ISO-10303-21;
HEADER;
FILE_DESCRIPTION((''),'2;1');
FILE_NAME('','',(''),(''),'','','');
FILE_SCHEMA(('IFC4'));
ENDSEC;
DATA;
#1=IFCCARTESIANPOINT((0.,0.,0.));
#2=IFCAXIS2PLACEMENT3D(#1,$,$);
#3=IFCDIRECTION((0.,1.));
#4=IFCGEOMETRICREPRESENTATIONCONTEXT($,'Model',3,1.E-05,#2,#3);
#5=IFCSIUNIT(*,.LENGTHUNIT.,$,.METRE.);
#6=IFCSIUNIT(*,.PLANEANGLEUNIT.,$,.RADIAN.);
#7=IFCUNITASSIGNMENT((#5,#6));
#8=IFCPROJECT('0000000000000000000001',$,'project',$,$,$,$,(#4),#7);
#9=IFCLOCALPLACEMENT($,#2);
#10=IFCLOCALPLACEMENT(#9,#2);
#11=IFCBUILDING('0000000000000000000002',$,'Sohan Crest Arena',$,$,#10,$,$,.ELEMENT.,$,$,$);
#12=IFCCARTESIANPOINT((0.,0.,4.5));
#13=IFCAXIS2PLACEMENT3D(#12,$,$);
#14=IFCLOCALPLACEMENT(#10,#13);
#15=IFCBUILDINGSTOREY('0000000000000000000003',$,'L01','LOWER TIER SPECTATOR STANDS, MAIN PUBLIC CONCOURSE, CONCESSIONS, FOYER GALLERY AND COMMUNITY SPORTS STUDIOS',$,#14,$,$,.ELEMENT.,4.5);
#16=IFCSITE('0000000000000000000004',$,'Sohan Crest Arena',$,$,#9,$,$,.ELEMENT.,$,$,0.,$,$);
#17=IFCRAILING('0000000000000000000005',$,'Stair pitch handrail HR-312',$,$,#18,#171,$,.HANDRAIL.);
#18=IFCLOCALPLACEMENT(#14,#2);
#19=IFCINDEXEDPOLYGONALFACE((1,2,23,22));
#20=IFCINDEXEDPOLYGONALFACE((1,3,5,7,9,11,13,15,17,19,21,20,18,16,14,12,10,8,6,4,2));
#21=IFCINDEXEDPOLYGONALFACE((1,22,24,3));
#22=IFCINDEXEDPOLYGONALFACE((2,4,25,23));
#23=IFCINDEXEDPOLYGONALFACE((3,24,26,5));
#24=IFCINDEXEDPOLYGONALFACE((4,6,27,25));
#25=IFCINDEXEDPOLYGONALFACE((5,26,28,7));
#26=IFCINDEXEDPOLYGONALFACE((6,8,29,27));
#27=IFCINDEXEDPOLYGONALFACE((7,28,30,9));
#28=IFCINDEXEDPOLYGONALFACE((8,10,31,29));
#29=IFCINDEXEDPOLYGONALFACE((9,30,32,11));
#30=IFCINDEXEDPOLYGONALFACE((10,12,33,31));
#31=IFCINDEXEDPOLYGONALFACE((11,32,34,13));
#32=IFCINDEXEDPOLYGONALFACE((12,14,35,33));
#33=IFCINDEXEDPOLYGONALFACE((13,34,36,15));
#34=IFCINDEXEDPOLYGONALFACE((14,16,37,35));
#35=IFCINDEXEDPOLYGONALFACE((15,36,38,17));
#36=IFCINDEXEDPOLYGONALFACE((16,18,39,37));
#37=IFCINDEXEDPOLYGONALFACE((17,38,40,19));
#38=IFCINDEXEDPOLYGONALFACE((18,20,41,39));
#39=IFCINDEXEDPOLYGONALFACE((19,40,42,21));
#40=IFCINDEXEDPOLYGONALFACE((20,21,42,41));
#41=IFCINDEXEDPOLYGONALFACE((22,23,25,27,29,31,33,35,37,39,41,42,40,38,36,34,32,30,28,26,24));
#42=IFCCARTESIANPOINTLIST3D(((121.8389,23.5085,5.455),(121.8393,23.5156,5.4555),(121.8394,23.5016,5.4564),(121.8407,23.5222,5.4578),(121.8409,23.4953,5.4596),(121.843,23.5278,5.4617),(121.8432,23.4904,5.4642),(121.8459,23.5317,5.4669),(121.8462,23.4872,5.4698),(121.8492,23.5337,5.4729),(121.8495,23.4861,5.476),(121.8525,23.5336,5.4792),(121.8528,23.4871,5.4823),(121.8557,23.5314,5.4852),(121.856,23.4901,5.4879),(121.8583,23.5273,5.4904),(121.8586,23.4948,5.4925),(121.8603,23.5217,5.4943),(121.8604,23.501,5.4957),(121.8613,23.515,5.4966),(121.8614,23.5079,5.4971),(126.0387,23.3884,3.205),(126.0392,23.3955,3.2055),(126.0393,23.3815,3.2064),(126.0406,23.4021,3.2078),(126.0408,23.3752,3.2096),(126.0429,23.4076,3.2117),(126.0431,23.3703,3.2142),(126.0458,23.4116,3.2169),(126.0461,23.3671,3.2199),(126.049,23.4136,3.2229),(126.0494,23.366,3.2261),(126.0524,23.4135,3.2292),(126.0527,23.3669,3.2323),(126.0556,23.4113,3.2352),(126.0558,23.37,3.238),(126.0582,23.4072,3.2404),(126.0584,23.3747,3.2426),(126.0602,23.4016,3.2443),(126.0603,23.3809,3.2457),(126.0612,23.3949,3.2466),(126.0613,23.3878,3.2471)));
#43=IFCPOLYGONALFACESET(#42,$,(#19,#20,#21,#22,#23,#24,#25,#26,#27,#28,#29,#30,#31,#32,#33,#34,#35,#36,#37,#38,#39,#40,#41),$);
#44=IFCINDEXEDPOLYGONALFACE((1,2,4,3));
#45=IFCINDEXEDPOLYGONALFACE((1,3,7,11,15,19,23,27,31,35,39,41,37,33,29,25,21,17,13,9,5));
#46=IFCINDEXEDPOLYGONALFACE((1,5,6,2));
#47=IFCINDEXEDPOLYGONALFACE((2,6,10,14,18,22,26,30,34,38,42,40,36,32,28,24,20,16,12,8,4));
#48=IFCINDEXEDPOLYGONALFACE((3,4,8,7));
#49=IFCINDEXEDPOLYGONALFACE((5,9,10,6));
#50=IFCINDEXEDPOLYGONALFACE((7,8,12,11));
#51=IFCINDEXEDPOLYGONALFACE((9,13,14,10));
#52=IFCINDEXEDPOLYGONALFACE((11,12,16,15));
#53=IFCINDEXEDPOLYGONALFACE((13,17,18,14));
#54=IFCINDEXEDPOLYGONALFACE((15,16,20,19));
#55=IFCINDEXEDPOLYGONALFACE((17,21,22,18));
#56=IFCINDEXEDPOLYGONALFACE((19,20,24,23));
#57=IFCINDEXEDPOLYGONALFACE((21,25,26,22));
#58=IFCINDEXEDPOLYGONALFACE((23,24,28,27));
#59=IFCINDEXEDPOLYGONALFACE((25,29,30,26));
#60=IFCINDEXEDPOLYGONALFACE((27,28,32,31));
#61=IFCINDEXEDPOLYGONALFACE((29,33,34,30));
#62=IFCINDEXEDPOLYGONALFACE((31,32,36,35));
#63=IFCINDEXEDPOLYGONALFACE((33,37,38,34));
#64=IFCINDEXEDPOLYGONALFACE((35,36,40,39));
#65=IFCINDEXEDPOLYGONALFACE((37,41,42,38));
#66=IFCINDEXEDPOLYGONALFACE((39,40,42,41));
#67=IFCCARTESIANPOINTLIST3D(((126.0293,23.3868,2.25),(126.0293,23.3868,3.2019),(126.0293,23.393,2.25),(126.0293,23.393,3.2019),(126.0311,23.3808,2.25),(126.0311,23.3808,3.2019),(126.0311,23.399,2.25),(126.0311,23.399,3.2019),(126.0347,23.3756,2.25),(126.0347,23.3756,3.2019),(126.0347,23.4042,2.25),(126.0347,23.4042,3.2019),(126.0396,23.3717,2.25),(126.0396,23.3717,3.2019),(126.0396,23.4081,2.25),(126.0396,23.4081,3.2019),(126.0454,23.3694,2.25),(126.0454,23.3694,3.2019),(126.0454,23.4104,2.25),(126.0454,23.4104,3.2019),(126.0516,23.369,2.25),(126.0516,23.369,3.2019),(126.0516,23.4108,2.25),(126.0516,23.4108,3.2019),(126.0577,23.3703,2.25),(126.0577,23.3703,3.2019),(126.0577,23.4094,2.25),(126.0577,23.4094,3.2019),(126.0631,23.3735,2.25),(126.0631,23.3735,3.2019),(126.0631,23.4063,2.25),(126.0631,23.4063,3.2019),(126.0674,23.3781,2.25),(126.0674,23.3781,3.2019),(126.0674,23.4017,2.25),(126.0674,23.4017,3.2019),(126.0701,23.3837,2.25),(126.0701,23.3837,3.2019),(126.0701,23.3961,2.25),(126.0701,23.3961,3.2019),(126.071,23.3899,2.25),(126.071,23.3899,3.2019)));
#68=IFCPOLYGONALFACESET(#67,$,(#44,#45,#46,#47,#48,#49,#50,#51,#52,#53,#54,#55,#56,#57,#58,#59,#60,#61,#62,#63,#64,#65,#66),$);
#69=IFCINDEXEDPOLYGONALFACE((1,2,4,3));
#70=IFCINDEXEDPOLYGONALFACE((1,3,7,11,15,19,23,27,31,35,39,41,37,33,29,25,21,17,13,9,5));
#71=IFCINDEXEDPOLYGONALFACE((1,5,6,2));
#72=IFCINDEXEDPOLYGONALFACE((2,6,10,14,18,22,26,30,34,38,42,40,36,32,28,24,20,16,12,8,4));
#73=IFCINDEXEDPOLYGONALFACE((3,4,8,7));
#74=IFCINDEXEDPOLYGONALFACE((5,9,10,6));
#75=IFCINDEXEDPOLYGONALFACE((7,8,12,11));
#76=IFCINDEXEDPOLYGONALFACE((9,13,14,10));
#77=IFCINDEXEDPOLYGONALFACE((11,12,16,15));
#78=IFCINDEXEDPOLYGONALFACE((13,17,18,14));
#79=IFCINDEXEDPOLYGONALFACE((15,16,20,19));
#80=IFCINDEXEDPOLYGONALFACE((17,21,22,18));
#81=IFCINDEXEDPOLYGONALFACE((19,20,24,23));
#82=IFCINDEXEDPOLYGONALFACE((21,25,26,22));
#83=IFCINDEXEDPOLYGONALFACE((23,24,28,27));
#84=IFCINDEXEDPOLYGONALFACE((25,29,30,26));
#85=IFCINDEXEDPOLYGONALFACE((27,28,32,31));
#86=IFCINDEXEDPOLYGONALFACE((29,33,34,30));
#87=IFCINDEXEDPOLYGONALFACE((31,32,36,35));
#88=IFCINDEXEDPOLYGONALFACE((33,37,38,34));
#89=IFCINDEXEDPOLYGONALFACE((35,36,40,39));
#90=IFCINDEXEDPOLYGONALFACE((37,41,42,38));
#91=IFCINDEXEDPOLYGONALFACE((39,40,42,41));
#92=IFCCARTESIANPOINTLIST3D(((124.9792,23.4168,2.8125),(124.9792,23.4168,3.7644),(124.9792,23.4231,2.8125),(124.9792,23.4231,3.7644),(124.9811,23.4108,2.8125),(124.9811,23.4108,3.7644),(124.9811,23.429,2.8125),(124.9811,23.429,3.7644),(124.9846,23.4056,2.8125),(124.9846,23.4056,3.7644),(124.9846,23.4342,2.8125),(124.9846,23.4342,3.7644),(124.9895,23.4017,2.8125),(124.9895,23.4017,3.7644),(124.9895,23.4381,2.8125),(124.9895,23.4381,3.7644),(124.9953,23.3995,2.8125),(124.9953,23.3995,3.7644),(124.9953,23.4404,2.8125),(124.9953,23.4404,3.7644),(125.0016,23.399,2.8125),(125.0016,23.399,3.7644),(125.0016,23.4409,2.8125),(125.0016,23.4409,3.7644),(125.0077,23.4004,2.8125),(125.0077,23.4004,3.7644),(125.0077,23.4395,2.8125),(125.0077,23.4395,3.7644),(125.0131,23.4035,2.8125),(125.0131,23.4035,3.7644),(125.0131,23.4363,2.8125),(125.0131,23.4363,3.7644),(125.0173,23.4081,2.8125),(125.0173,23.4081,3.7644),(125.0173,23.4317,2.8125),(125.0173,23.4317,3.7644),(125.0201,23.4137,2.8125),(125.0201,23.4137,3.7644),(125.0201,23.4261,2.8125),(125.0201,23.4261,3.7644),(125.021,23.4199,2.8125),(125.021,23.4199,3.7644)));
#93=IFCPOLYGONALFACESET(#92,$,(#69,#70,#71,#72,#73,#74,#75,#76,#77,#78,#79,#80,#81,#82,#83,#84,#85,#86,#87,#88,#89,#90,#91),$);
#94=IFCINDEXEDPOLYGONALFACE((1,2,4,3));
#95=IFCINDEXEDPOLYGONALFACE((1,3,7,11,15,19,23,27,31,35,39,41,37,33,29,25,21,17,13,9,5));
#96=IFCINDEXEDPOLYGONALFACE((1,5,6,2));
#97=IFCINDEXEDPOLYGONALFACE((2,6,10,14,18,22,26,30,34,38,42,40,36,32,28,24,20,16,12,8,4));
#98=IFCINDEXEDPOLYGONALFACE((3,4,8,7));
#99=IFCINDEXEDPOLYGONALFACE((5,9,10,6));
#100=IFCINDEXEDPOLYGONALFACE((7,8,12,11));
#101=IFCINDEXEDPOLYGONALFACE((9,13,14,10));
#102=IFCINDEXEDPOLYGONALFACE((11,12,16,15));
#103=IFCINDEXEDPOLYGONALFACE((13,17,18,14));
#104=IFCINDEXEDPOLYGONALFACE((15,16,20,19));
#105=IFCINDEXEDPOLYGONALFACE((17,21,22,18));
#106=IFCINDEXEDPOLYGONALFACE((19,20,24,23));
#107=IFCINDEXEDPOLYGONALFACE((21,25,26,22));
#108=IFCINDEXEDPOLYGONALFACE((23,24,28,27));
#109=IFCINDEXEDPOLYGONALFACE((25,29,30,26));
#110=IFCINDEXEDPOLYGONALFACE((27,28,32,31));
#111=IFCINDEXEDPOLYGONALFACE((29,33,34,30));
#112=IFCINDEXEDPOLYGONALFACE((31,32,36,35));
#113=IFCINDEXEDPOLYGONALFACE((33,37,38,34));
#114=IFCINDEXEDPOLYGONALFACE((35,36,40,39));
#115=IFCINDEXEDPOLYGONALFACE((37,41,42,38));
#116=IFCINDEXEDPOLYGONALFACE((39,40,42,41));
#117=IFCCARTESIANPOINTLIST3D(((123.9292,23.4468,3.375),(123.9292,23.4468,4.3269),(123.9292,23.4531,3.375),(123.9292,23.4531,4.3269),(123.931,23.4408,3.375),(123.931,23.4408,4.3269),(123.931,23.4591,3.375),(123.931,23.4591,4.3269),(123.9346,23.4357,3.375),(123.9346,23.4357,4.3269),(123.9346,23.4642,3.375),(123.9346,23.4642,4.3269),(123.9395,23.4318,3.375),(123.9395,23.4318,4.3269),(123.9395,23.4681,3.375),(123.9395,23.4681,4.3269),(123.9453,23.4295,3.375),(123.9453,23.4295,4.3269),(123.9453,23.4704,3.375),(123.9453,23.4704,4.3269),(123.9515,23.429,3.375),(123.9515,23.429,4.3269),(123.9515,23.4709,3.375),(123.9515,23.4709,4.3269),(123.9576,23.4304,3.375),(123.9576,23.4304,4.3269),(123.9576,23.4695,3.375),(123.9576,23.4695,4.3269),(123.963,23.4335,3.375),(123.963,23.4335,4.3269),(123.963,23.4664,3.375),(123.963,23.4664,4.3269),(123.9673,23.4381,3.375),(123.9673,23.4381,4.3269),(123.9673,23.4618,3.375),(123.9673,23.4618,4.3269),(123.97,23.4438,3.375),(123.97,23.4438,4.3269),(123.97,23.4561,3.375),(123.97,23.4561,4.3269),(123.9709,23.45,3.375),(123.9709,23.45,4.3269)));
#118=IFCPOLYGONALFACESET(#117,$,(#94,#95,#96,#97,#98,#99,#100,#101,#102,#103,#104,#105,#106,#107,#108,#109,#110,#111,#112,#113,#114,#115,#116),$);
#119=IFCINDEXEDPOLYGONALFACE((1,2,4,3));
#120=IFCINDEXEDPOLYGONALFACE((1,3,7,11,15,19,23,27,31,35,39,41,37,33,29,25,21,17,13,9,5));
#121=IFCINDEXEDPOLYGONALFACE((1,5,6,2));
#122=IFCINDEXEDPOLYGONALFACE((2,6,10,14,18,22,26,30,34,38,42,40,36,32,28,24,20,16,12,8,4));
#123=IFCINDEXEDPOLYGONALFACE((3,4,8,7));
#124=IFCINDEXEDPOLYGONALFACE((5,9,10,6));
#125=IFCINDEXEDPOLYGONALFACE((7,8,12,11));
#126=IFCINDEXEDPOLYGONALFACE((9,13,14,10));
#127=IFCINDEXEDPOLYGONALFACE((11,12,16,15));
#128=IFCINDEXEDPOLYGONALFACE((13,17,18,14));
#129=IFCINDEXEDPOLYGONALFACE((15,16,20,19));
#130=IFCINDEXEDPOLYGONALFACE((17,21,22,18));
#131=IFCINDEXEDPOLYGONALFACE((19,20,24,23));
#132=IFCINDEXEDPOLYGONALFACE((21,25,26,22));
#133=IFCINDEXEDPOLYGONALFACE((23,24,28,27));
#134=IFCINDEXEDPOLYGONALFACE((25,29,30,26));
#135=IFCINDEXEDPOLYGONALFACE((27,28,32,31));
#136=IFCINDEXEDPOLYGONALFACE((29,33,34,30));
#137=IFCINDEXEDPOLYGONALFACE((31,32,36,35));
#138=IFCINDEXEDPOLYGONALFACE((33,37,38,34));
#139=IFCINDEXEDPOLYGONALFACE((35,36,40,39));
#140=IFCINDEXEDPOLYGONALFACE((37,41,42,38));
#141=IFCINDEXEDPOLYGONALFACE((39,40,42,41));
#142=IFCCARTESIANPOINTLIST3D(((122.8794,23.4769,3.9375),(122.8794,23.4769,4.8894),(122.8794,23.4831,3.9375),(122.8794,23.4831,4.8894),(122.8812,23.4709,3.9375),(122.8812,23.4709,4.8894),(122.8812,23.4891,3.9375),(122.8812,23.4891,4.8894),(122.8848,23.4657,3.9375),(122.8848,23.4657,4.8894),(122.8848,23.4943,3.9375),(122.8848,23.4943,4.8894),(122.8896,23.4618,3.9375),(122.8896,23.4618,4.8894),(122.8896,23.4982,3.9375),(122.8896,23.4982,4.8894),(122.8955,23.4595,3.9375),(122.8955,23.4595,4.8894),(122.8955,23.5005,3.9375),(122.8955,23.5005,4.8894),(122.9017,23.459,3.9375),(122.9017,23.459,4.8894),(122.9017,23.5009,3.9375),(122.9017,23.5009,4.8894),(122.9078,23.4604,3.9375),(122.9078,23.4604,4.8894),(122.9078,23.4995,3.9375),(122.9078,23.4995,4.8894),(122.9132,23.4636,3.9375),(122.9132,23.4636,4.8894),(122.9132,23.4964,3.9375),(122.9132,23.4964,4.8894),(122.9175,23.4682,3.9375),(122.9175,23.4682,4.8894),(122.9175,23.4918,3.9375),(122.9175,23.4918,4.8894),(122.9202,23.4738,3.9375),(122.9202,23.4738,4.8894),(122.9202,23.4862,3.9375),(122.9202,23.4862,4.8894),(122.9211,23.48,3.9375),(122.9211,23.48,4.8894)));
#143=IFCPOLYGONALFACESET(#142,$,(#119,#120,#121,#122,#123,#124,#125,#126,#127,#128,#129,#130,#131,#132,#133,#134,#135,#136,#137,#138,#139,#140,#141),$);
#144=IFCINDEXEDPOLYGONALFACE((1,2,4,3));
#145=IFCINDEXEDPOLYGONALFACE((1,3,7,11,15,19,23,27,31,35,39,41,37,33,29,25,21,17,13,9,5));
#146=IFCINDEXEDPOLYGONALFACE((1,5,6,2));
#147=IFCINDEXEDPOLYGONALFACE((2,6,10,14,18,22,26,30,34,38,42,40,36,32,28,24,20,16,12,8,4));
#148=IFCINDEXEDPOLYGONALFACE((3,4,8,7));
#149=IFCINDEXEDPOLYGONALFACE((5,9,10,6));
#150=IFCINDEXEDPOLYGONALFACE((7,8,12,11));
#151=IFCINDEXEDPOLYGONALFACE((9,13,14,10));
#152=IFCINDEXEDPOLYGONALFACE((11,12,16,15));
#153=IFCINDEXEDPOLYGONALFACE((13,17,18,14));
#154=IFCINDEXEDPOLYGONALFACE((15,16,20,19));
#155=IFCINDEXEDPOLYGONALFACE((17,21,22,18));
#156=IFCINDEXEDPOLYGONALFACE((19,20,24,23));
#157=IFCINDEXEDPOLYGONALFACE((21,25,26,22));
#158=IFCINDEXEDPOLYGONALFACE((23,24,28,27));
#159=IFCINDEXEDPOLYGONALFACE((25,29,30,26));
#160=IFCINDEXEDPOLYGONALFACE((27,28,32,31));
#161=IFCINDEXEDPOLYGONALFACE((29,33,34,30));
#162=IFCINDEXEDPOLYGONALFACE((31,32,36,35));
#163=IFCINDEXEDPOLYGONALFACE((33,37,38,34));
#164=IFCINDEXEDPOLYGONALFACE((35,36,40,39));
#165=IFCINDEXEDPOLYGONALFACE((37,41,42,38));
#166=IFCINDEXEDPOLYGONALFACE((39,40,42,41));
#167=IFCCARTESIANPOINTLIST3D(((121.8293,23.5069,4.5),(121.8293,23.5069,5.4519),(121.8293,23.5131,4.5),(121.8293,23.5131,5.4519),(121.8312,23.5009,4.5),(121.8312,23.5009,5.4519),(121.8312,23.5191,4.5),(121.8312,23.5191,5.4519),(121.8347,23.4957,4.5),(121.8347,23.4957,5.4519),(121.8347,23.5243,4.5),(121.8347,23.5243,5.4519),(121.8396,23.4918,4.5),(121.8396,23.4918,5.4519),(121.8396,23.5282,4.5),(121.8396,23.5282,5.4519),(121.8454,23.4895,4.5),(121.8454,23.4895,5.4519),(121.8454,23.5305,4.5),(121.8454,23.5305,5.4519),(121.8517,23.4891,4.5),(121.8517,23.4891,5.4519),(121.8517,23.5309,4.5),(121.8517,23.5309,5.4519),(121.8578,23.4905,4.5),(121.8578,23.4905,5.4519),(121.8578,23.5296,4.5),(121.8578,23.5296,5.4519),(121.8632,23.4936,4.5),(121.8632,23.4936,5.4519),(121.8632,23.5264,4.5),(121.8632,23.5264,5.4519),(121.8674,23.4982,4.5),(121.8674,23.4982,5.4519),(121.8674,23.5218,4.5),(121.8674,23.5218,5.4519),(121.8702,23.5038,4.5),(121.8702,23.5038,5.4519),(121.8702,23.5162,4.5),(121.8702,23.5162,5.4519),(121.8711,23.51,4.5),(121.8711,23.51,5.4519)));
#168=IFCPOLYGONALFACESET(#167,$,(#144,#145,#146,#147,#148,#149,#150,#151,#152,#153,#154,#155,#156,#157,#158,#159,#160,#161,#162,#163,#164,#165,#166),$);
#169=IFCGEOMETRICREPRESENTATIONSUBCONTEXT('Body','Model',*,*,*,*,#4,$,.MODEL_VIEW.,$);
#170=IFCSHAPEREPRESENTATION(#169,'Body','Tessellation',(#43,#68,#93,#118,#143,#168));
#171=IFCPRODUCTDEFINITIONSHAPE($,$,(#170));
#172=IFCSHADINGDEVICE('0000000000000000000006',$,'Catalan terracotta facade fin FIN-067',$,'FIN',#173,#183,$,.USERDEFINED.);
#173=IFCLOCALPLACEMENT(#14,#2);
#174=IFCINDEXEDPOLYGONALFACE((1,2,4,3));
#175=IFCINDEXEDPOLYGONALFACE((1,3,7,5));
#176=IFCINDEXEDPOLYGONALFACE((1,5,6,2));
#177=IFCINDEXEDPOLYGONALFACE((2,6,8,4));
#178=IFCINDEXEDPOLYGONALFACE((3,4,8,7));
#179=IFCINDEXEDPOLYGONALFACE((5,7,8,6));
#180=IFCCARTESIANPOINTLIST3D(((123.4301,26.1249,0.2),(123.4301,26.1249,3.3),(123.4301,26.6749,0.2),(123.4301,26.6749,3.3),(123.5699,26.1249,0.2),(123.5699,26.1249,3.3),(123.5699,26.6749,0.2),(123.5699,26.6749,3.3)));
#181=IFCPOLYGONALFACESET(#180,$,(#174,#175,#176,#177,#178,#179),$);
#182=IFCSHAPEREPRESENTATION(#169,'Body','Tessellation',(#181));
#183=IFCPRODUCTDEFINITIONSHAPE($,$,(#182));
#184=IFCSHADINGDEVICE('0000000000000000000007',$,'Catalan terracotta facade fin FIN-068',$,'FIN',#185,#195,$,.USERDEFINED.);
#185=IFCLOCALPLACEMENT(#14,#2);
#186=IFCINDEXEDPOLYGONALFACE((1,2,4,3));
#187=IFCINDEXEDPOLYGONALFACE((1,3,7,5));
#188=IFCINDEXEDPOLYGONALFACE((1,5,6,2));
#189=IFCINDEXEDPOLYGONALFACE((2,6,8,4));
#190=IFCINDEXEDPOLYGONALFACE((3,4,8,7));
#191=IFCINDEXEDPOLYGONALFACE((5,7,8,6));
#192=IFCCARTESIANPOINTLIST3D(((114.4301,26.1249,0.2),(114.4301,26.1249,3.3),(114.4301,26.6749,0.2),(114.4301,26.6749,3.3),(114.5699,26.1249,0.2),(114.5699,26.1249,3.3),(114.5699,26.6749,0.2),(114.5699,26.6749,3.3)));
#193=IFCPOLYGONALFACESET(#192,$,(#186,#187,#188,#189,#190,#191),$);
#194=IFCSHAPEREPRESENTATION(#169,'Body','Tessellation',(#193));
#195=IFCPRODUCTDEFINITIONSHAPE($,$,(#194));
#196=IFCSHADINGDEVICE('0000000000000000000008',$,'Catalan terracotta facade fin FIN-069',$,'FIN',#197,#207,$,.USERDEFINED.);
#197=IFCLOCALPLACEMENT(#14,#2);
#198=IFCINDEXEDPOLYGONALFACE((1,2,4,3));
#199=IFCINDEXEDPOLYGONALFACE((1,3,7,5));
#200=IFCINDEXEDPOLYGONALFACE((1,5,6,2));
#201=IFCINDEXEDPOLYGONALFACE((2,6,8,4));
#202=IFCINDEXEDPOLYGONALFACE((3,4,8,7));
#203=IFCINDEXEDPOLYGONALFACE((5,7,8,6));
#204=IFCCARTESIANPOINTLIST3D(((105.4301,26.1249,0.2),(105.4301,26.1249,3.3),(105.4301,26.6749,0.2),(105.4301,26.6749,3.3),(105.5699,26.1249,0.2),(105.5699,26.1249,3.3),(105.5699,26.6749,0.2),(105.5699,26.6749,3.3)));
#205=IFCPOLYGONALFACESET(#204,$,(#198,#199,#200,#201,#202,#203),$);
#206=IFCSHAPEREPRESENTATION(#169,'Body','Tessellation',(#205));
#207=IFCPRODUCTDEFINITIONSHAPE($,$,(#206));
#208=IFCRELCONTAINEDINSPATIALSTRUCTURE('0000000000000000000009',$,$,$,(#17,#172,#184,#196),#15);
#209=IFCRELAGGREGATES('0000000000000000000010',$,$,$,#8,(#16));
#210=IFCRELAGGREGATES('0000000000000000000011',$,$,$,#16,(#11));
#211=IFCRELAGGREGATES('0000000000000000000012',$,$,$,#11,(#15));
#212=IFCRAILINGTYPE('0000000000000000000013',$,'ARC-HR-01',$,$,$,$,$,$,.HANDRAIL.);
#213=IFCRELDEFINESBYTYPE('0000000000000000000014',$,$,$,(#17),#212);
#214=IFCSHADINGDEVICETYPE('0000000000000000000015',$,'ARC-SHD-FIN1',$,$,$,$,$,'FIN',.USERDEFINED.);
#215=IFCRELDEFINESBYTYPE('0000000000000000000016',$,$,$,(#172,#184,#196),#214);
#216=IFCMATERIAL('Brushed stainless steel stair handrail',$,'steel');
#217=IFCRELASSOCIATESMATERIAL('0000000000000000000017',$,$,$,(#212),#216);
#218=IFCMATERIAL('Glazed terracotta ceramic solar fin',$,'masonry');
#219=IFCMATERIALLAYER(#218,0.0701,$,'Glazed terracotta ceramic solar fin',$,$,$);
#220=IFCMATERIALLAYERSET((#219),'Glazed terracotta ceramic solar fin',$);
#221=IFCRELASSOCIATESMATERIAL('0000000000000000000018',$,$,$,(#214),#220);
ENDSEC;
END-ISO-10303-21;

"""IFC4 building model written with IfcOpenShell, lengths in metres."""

from ifc_helpers import new_model, si_unit, direction, frame, origin, origin_2d, place, context, subcontext, project, spatial, rectangle, circle, extrude, material, layer, layer_set, type_object, element, save


model = new_model("IFC4")

# Units and contexts
model_context = context("Model", 3, precision=1e-05, world=origin(), true_north=direction((0.0, 1.0)))
body_context = subcontext(model_context, "Body", "Model", "MODEL_VIEW")
ifc_project = project(units=[si_unit("LENGTHUNIT", "METRE"), si_unit("PLANEANGLEUNIT", "RADIAN")], contexts=[model_context])

# Site, building, storey
site_placement = place(None, origin())
site = spatial("IfcSite", under=ifc_project, at=site_placement, Name="Sohan Crest Arena", CompositionType="ELEMENT", RefElevation=0.0)
building_placement = place(site_placement, origin())
building = spatial("IfcBuilding", under=site, at=building_placement, Name="Sohan Crest Arena", CompositionType="ELEMENT")
storey_placement = place(building_placement, frame((0.0, 0.0, 4.5)))
storey = spatial("IfcBuildingStorey", under=building, at=storey_placement, Name="L01", Description="LOWER TIER SPECTATOR STANDS, MAIN PUBLIC CONCOURSE, CONCESSIONS, FOYER GALLERY AND COMMUNITY SPORTS STUDIOS", CompositionType="ELEMENT", Elevation=4.5)

# Railing
ifc_material_1 = material(Name="Brushed stainless steel stair handrail", Category="steel")
railing_type = type_object("IfcRailingType", Name="ARC-HR-01", PredefinedType="HANDRAIL", material=ifc_material_1)
for number, where, name in (
    (1, (126.05, 23.3899, 2.25), "Stair pitch handrail HR-312"),
):
    element("IfcRailing", number, at=place(storey_placement, frame(where)), inside=storey, type_object=railing_type, Name=name, PredefinedType="HANDRAIL", context=body_context, shape_type="SweptSolid", body=[
        extrude(circle(Radius=0.0239, at=origin_2d()), frame((0.0, 0.0, 0.9761), z_axis=(-0.881198, 0.025202, 0.472076), x_axis=(-0.028588, -0.999591, 0.0)), (0.0, 0.0, 1.0), 4.7661),
        extrude(circle(Radius=0.021, at=origin_2d()), origin(), (0.0, 0.0, 1.0), 0.9519),
        extrude(circle(Radius=0.021, at=origin_2d()), frame((-1.05, 0.03, 0.5625)), (0.0, 0.0, 1.0), 0.9519),
        extrude(circle(Radius=0.021, at=origin_2d()), frame((-2.1001, 0.0601, 1.125)), (0.0, 0.0, 1.0), 0.9519),
        extrude(circle(Radius=0.021, at=origin_2d()), frame((-3.1499, 0.0901, 1.6875)), (0.0, 0.0, 1.0), 0.9519),
        extrude(circle(Radius=0.021, at=origin_2d()), frame((-4.2, 0.1201, 2.25)), (0.0, 0.0, 1.0), 0.9519),
    ])

# Shading devices
ifc_material_2 = material(Name="Glazed terracotta ceramic solar fin", Category="masonry")
ifc_layer_1 = layer(ifc_material_2, 0.0701, Name="Glazed terracotta ceramic solar fin")
ifc_layer_set_1 = layer_set([ifc_layer_1], Name="Glazed terracotta ceramic solar fin")
shading_device_type = type_object("IfcShadingDeviceType", Name="ARC-SHD-FIN1", ElementType="FIN", PredefinedType="USERDEFINED", material=ifc_layer_set_1)
for number, where, z_axis, x_axis, name in (
    (2, (123.5, 26.3999, 0.2), (0.0, 0.0, 1.0), (-1.0, 0.0, 0.0), "Catalan terracotta facade fin FIN-067"),
    (3, (114.5, 26.3999, 0.2), (0.0, 0.0, 1.0), (-1.0, 0.0, 0.0), "Catalan terracotta facade fin FIN-068"),
    (4, (105.5, 26.3999, 0.2), (0.0, 0.0, 1.0), (-1.0, 0.0, 0.0), "Catalan terracotta facade fin FIN-069"),
):
    element("IfcShadingDevice", number, at=place(storey_placement, frame(where, z_axis=z_axis, x_axis=x_axis)), inside=storey, type_object=shading_device_type, Name=name, ObjectType="FIN", PredefinedType="USERDEFINED", context=body_context, shape_type="SweptSolid", body=[
        extrude(rectangle(XDim=0.1399, YDim=0.55, at=origin_2d()), origin(), (0.0, 0.0, 1.0), 3.1001),
    ])

save(model, "model.ifc")
